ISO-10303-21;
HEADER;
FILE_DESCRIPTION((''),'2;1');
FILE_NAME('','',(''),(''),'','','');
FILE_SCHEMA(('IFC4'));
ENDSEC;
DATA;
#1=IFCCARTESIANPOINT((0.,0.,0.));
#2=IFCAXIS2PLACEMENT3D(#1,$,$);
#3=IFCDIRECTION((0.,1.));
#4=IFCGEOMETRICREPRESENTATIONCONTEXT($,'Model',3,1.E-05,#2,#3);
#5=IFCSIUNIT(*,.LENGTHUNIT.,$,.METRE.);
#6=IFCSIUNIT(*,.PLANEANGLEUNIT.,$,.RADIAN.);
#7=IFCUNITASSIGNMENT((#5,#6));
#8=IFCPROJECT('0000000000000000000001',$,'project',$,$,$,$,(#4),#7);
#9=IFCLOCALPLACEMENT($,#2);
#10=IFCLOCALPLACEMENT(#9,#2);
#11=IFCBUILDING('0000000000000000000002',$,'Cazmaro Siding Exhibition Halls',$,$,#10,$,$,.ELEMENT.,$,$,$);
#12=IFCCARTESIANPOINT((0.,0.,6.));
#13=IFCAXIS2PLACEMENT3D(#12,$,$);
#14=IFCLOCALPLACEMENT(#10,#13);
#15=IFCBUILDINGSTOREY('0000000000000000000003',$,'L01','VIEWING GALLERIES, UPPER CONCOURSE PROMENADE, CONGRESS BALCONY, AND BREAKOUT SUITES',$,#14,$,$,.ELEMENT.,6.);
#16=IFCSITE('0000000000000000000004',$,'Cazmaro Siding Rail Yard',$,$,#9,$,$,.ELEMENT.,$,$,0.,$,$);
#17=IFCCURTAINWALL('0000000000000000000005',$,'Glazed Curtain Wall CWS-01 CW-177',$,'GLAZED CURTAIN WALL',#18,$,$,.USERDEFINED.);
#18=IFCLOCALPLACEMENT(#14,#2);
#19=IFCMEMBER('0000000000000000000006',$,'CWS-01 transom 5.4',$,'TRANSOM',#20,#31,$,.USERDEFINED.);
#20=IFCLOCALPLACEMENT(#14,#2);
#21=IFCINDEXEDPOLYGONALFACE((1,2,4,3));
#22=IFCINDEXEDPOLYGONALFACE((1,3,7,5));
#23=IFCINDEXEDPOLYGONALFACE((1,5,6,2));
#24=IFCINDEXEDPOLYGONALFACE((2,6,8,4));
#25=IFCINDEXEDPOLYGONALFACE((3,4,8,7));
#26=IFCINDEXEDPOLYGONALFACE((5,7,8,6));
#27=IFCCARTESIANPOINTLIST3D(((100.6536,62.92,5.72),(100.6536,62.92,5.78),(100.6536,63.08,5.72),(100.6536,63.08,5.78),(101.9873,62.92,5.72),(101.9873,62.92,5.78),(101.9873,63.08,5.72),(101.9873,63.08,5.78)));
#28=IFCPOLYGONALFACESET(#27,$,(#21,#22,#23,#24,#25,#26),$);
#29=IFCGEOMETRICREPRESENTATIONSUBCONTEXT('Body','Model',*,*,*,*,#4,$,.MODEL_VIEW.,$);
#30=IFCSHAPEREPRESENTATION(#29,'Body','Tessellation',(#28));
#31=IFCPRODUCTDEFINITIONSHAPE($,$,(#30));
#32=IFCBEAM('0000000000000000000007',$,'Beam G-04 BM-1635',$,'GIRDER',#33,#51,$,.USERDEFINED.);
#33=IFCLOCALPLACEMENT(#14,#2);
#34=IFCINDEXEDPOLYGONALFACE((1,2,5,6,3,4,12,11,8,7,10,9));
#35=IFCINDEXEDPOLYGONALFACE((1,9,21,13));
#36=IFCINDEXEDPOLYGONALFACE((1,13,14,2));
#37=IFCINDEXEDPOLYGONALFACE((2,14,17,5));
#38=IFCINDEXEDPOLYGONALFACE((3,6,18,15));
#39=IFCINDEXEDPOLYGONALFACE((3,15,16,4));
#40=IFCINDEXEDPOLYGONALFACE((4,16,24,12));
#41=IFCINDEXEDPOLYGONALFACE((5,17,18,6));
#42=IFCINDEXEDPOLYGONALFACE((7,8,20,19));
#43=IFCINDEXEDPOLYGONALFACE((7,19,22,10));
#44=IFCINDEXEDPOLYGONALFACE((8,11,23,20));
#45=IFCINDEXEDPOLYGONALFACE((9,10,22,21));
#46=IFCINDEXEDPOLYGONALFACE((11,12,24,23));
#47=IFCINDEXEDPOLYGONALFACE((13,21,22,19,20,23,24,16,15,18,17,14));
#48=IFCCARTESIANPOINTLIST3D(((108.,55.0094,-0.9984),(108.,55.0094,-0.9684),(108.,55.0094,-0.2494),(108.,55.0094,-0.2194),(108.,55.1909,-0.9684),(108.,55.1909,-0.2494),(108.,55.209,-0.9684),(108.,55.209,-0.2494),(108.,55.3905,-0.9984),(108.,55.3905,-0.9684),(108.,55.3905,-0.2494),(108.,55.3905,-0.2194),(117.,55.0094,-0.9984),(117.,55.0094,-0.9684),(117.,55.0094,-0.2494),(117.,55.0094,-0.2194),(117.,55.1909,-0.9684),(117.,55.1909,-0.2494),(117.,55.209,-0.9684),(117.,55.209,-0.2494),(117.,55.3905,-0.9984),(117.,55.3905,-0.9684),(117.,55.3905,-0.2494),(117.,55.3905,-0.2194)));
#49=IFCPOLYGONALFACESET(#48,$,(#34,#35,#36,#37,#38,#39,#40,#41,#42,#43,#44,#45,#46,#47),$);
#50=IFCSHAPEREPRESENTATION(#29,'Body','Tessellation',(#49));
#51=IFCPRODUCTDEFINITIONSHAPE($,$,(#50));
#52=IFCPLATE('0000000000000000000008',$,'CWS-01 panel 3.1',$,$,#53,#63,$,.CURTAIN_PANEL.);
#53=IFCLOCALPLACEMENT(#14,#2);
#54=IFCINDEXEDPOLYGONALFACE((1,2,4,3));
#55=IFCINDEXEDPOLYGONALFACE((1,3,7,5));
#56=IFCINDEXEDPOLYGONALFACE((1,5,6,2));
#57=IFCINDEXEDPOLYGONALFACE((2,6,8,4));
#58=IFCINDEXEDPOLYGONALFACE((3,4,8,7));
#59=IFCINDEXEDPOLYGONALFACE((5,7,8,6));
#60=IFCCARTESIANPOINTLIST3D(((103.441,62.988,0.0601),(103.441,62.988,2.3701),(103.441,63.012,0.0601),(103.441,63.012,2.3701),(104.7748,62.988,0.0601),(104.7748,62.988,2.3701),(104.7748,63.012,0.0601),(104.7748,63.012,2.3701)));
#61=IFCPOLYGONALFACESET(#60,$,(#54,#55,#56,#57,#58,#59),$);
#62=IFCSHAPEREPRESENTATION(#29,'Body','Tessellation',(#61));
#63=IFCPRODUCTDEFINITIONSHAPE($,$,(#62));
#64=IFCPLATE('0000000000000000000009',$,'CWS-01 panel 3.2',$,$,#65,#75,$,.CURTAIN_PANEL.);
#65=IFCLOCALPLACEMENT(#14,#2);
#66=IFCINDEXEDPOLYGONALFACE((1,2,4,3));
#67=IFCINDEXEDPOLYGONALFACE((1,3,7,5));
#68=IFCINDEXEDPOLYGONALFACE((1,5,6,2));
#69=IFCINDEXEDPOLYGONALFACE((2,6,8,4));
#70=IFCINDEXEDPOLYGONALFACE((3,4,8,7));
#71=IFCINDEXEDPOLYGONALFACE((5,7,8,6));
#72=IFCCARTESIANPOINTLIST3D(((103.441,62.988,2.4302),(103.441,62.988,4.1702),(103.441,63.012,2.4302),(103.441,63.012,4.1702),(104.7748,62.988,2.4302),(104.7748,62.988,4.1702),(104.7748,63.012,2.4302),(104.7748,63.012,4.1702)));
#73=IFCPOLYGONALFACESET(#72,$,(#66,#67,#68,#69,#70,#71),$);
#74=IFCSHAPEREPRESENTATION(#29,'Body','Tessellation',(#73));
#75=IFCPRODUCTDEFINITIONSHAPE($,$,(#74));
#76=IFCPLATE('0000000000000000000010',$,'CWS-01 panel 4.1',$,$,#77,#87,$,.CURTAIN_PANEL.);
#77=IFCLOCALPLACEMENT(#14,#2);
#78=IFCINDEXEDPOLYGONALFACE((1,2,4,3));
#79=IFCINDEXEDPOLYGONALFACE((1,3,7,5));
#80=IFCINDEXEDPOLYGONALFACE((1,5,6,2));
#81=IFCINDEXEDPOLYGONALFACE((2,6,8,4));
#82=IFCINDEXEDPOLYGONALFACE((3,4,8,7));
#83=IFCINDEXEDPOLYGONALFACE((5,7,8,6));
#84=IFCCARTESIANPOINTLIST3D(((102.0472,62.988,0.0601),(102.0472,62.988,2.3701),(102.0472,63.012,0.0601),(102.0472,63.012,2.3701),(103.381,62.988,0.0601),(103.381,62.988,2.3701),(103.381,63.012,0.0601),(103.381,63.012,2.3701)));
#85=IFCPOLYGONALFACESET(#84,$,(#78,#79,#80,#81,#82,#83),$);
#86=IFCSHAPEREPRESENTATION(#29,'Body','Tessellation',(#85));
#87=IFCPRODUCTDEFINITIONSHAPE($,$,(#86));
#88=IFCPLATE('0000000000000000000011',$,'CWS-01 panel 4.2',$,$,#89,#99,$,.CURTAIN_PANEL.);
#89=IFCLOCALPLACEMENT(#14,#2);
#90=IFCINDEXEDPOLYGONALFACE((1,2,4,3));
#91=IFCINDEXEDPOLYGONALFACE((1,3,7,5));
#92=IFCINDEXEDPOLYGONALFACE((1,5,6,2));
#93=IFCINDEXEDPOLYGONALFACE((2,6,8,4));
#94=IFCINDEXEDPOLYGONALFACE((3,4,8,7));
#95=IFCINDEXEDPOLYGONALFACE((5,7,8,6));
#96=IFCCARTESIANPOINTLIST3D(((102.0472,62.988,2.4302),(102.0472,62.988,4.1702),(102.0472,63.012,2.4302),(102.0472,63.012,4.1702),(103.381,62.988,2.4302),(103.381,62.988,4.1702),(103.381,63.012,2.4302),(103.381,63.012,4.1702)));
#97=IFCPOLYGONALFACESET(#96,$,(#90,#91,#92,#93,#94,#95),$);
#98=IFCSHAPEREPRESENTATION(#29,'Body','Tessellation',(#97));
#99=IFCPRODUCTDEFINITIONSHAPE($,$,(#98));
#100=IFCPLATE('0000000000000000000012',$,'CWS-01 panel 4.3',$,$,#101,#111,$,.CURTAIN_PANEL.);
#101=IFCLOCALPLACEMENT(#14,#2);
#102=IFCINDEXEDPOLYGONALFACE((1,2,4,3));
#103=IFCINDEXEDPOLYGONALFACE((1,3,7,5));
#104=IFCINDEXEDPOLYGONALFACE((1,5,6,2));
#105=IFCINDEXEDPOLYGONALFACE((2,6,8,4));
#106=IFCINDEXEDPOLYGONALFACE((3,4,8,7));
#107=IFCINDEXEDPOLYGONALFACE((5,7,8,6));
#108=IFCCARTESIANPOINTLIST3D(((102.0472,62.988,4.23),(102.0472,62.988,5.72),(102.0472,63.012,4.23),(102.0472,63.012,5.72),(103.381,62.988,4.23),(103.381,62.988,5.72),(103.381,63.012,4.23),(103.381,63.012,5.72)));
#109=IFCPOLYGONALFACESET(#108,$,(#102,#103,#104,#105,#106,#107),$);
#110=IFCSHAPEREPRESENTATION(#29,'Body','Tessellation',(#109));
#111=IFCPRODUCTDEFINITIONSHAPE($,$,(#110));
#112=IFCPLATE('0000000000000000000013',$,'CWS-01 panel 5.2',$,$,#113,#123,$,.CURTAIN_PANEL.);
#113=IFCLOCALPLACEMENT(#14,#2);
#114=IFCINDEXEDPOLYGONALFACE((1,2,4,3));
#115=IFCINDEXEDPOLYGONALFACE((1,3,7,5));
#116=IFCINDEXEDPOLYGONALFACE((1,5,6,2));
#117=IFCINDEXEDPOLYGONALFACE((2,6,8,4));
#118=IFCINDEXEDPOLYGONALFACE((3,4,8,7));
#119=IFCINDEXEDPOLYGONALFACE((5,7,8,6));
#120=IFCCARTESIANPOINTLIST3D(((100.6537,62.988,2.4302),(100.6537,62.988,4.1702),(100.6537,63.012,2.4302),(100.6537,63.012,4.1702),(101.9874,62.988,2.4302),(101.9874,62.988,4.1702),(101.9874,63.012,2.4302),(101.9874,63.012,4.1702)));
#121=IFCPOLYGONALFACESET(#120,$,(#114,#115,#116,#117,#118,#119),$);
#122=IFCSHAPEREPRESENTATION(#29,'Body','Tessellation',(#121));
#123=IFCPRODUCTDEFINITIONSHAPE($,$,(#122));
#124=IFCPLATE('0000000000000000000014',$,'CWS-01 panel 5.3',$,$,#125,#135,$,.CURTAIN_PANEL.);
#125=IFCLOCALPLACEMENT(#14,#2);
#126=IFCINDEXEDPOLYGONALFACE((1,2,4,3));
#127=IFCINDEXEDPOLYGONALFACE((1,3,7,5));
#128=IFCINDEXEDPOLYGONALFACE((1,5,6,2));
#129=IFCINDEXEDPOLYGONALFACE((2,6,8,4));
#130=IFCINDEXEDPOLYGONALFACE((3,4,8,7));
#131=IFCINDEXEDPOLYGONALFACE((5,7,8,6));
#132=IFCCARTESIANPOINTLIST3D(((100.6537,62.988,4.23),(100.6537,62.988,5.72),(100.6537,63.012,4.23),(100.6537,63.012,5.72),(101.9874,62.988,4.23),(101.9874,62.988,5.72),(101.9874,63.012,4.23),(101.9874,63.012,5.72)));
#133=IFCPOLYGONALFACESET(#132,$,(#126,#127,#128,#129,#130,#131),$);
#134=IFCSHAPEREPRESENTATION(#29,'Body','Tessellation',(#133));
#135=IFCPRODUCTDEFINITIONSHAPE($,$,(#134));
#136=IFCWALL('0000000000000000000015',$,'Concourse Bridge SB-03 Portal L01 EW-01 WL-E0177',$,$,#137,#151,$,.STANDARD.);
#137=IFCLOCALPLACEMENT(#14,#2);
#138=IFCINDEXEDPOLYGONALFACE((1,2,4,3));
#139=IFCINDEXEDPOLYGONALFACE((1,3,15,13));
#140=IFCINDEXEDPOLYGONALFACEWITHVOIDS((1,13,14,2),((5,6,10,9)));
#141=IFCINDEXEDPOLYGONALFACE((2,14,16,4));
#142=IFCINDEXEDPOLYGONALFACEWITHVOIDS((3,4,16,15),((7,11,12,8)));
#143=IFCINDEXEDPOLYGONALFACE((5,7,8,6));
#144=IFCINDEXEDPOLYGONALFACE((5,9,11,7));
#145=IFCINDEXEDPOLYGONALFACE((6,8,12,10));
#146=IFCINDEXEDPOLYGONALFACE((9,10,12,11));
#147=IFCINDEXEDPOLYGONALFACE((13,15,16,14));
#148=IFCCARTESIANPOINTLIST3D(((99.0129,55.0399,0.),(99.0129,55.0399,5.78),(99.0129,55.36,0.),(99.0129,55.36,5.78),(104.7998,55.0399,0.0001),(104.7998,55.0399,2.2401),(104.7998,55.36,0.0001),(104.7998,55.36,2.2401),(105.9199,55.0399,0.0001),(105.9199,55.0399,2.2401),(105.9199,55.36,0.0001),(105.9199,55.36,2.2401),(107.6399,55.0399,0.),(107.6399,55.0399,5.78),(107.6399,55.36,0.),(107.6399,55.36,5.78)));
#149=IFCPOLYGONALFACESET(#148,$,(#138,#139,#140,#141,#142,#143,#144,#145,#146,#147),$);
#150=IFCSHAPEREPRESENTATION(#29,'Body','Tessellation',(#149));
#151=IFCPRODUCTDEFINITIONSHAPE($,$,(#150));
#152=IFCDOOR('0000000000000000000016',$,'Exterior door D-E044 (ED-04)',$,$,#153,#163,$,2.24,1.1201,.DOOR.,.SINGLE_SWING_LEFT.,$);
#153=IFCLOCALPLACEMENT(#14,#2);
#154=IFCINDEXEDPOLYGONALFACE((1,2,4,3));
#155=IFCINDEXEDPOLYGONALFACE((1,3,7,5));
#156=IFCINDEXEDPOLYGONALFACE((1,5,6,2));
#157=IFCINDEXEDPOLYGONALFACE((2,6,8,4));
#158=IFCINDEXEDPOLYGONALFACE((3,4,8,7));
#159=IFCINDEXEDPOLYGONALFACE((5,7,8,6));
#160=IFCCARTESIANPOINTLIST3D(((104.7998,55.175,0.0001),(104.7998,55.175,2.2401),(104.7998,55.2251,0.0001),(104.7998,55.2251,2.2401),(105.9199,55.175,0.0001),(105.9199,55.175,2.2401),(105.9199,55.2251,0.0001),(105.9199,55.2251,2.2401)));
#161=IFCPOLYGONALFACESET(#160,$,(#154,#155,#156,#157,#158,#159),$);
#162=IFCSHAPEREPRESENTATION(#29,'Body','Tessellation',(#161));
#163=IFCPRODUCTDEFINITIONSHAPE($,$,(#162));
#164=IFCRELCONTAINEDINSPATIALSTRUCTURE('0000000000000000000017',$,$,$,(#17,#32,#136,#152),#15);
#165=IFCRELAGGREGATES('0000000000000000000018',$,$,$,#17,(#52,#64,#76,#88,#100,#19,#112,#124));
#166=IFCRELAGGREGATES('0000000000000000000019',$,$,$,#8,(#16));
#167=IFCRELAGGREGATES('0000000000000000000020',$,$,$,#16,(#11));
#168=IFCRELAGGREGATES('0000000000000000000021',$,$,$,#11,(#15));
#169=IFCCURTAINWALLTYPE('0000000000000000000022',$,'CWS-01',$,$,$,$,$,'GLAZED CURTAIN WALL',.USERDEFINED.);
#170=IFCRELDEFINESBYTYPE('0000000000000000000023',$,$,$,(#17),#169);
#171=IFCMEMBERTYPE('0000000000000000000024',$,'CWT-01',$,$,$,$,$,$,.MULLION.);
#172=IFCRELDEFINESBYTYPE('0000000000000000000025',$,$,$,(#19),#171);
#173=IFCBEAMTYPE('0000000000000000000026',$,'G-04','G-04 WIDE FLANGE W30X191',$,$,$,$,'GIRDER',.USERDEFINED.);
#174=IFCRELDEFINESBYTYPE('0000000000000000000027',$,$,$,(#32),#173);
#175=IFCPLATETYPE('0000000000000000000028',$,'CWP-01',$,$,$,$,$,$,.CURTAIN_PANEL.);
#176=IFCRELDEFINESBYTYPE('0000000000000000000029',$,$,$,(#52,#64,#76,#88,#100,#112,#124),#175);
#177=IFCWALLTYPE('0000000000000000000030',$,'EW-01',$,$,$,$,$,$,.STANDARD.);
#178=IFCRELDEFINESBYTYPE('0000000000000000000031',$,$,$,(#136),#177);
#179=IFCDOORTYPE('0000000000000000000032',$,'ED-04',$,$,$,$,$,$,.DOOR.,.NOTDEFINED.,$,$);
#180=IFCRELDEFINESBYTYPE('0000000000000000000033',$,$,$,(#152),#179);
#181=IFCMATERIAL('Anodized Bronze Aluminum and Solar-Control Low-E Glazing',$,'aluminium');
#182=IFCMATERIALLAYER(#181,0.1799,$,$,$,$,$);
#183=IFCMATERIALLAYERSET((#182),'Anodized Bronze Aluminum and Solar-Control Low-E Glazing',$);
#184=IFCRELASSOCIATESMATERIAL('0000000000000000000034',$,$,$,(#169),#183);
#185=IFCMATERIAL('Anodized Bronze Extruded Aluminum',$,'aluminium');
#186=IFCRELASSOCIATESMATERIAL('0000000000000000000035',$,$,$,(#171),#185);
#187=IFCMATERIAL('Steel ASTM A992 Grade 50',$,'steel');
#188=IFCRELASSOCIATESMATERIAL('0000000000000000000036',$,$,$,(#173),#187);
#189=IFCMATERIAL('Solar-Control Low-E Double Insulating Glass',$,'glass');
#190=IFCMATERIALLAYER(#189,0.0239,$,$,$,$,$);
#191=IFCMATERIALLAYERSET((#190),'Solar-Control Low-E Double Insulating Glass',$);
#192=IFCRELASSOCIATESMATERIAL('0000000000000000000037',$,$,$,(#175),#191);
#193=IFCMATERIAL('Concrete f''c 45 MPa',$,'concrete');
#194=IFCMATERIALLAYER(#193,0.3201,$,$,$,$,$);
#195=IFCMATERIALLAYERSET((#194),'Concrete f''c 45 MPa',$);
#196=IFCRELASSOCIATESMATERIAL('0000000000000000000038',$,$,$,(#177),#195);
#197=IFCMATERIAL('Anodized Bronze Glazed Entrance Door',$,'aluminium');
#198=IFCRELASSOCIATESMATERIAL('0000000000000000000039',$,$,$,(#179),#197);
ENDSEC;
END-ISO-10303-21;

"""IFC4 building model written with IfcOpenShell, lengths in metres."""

from ifc_helpers import new_model, si_unit, direction, frame, frame_2d, origin, origin_2d, place, context, subcontext, project, spatial, rectangle, i_section, extrude, material, layer, layer_set, material_profile, profile_set, type_object, element, fill, aggregate, save


model = new_model("IFC4")

# Units and contexts
model_context = context("Model", 3, precision=1e-05, world=origin(), true_north=direction((0.0, 1.0)))
body_context = subcontext(model_context, "Body", "Model", "MODEL_VIEW")
ifc_project = project(units=[si_unit("LENGTHUNIT", "METRE"), si_unit("PLANEANGLEUNIT", "RADIAN")], contexts=[model_context])

# Site, building, storey
site_placement = place(None, origin())
site = spatial("IfcSite", under=ifc_project, at=site_placement, Name="Cazmaro Siding Rail Yard", CompositionType="ELEMENT", RefElevation=0.0)
building_placement = place(site_placement, origin())
building = spatial("IfcBuilding", under=site, at=building_placement, Name="Cazmaro Siding Exhibition Halls", CompositionType="ELEMENT")
storey_placement = place(building_placement, frame((0.0, 0.0, 6.0)))
storey = spatial("IfcBuildingStorey", under=building, at=storey_placement, Name="L01", Description="VIEWING GALLERIES, UPPER CONCOURSE PROMENADE, CONGRESS BALCONY, AND BREAKOUT SUITES", CompositionType="ELEMENT", Elevation=6.0)

# Curtain wall, member
ifc_material_1 = material(Name="Anodized Bronze Aluminum and Solar-Control Low-E Glazing", Category="aluminium")
ifc_layer_1 = layer(ifc_material_1, 0.1799)
ifc_layer_set_1 = layer_set([ifc_layer_1], Name="Anodized Bronze Aluminum and Solar-Control Low-E Glazing")
curtain_wall_type = type_object("IfcCurtainWallType", Name="CWS-01", ElementType="GLAZED CURTAIN WALL", PredefinedType="USERDEFINED", material=ifc_layer_set_1)
curtain_wall_placement = place(storey_placement, origin())
curtain_wall = element("IfcCurtainWall", 1, at=curtain_wall_placement, inside=storey, type_object=curtain_wall_type, Name="Glazed Curtain Wall CWS-01 CW-177", ObjectType="GLAZED CURTAIN WALL", PredefinedType="USERDEFINED")
ifc_material_2 = material(Name="Anodized Bronze Extruded Aluminum", Category="aluminium")
ifc_material_profile_1 = material_profile(ifc_material_2, rectangle(XDim=0.1599, YDim=0.0601, at=origin_2d()), Name="CWT-01")
ifc_profile_set_1 = profile_set([ifc_material_profile_1], Name="Anodized Bronze Extruded Aluminum")
member_type_1 = type_object("IfcMemberType", Name="CWT-01", PredefinedType="MULLION", material=ifc_profile_set_1)
member_1_placement = place(storey_placement, frame((101.9873, 63.0, 5.75), z_axis=(-1.0, 0.0, 0.0), x_axis=(0.0, -1.0, 0.0)))
member_1 = element("IfcMember", 2, at=member_1_placement, type_object=member_type_1, Name="CWS-01 transom 5.4", ObjectType="TRANSOM", PredefinedType="USERDEFINED", context=body_context, shape_type="SweptSolid", body=[
    extrude(rectangle(XDim=0.1599, YDim=0.0601, at=origin_2d()), origin(), (0.0, 0.0, 1.0), 1.3337),
])

# Beam
ifc_material_3 = material(Name="Steel ASTM A992 Grade 50", Category="steel")
ifc_material_profile_2 = material_profile(ifc_material_3, i_section(OverallWidth=0.3811, OverallDepth=0.7791, WebThickness=0.0181, FlangeThickness=0.03, at=origin_2d()), Name="W30X191")
ifc_profile_set_2 = profile_set([ifc_material_profile_2], Name="Steel ASTM A992 Grade 50")
beam_type_1 = type_object("IfcBeamType", Name="G-04", Description="G-04 WIDE FLANGE W30X191", ElementType="GIRDER", PredefinedType="USERDEFINED", material=ifc_profile_set_2)
beam_1_placement = place(storey_placement, frame((108.0, 55.2, -0.6089), z_axis=(1.0, 0.0, 0.0), x_axis=(0.0, 1.0, 0.0)))
element("IfcBeam", 3, at=beam_1_placement, inside=storey, type_object=beam_type_1, Name="Beam G-04 BM-1635", ObjectType="GIRDER", PredefinedType="USERDEFINED", context=body_context, shape_type="SweptSolid", body=[
    extrude(i_section(OverallWidth=0.3811, OverallDepth=0.7791, WebThickness=0.0181, FlangeThickness=0.03, at=origin_2d()), origin(), (0.0, 0.0, 1.0), 9.0),
])

# Plates
ifc_material_4 = material(Name="Solar-Control Low-E Double Insulating Glass", Category="glass")
ifc_layer_2 = layer(ifc_material_4, 0.0239)
ifc_layer_set_2 = layer_set([ifc_layer_2], Name="Solar-Control Low-E Double Insulating Glass")
plate_type = type_object("IfcPlateType", Name="CWP-01", PredefinedType="CURTAIN_PANEL", material=ifc_layer_set_2)
plate_1_placement = place(storey_placement, frame((104.1079, 63.0, 0.0601), z_axis=(0.0, 0.0, 1.0), x_axis=(-1.0, 0.0, 0.0)))
plate_1 = element("IfcPlate", 4, at=plate_1_placement, type_object=plate_type, Name="CWS-01 panel 3.1", PredefinedType="CURTAIN_PANEL", context=body_context, shape_type="SweptSolid", body=[
    extrude(rectangle(XDim=1.3337, YDim=0.0239, at=origin_2d()), origin(), (0.0, 0.0, 1.0), 2.3101),
])
plate_2_placement = place(storey_placement, frame((104.1079, 63.0, 2.4302), z_axis=(0.0, 0.0, 1.0), x_axis=(-1.0, 0.0, 0.0)))
plate_2 = element("IfcPlate", 5, at=plate_2_placement, type_object=plate_type, Name="CWS-01 panel 3.2", PredefinedType="CURTAIN_PANEL", context=body_context, shape_type="SweptSolid", body=[
    extrude(rectangle(XDim=1.3337, YDim=0.0239, at=origin_2d()), origin(), (0.0, 0.0, 1.0), 1.74),
])
plate_3_placement = place(storey_placement, frame((102.7141, 63.0, 0.0601), z_axis=(0.0, 0.0, 1.0), x_axis=(-1.0, 0.0, 0.0)))
plate_3 = element("IfcPlate", 6, at=plate_3_placement, type_object=plate_type, Name="CWS-01 panel 4.1", PredefinedType="CURTAIN_PANEL", context=body_context, shape_type="SweptSolid", body=[
    extrude(rectangle(XDim=1.3337, YDim=0.0239, at=origin_2d()), origin(), (0.0, 0.0, 1.0), 2.3101),
])
plate_4_placement = place(storey_placement, frame((102.7141, 63.0, 2.4302), z_axis=(0.0, 0.0, 1.0), x_axis=(-1.0, 0.0, 0.0)))
plate_4 = element("IfcPlate", 7, at=plate_4_placement, type_object=plate_type, Name="CWS-01 panel 4.2", PredefinedType="CURTAIN_PANEL", context=body_context, shape_type="SweptSolid", body=[
    extrude(rectangle(XDim=1.3337, YDim=0.0239, at=origin_2d()), origin(), (0.0, 0.0, 1.0), 1.74),
])
plate_5_placement = place(storey_placement, frame((102.7141, 63.0, 4.23), z_axis=(0.0, 0.0, 1.0), x_axis=(-1.0, 0.0, 0.0)))
plate_5 = element("IfcPlate", 8, at=plate_5_placement, type_object=plate_type, Name="CWS-01 panel 4.3", PredefinedType="CURTAIN_PANEL", context=body_context, shape_type="SweptSolid", body=[
    extrude(rectangle(XDim=1.3337, YDim=0.0239, at=origin_2d()), origin(), (0.0, 0.0, 1.0), 1.49),
])
plate_6_placement = place(storey_placement, frame((101.3206, 63.0, 2.4302), z_axis=(0.0, 0.0, 1.0), x_axis=(-1.0, 0.0, 0.0)))
plate_6 = element("IfcPlate", 9, at=plate_6_placement, type_object=plate_type, Name="CWS-01 panel 5.2", PredefinedType="CURTAIN_PANEL", context=body_context, shape_type="SweptSolid", body=[
    extrude(rectangle(XDim=1.3337, YDim=0.0239, at=origin_2d()), origin(), (0.0, 0.0, 1.0), 1.74),
])
plate_7_placement = place(storey_placement, frame((101.3206, 63.0, 4.23), z_axis=(0.0, 0.0, 1.0), x_axis=(-1.0, 0.0, 0.0)))
plate_7 = element("IfcPlate", 10, at=plate_7_placement, type_object=plate_type, Name="CWS-01 panel 5.3", PredefinedType="CURTAIN_PANEL", context=body_context, shape_type="SweptSolid", body=[
    extrude(rectangle(XDim=1.3337, YDim=0.0239, at=origin_2d()), origin(), (0.0, 0.0, 1.0), 1.49),
])
aggregate(curtain_wall, [plate_1, plate_2, plate_3, plate_4, plate_5, member_1, plate_6, plate_7])

# Wall, opening, door
ifc_material_5 = material(Name="Concrete f'c 45 MPa", Category="concrete")
ifc_layer_3 = layer(ifc_material_5, 0.3201)
ifc_layer_set_3 = layer_set([ifc_layer_3], Name="Concrete f'c 45 MPa")
wall_type = type_object("IfcWallType", Name="EW-01", PredefinedType="STANDARD", material=ifc_layer_set_3)
wall_placement = place(storey_placement, frame((107.6399, 55.2, 0.0), z_axis=(0.0, 0.0, 1.0), x_axis=(-1.0, 0.0, 0.0)))
wall = element("IfcWall", 11, at=wall_placement, inside=storey, type_object=wall_type, Name="Concourse Bridge SB-03 Portal L01 EW-01 WL-E0177", PredefinedType="STANDARD", context=body_context, shape_type="SweptSolid", body=[
    extrude(rectangle(XDim=8.627, YDim=0.3201, at=frame_2d((4.3135, 0.0))), origin(), (0.0, 0.0, 1.0), 5.78),
])
opening_placement = place(wall_placement, frame((1.72, 0.0, 0.0)))
opening = element("IfcOpeningElement", 12, at=opening_placement, cuts=wall, PredefinedType="OPENING", context=body_context, shape_type="SweptSolid", body=[
    extrude(rectangle(XDim=1.1201, YDim=2.24, at=frame_2d((0.5601, 1.1201))), frame((0.0, 0.1699, 0.0), z_axis=(0.0, -1.0, 0.0), x_axis=(1.0, 0.0, 0.0)), (0.0, 0.0, 1.0), 0.3401),
])
ifc_material_6 = material(Name="Anodized Bronze Glazed Entrance Door", Category="aluminium")
door_type = type_object("IfcDoorType", Name="ED-04", OperationType="NOTDEFINED", PredefinedType="DOOR", material=ifc_material_6)
door_placement = place(opening_placement, origin())
door = element("IfcDoor", 13, at=door_placement, inside=storey, type_object=door_type, Name="Exterior door D-E044 (ED-04)", OperationType="SINGLE_SWING_LEFT", OverallHeight=2.24, OverallWidth=1.1201, PredefinedType="DOOR", context=body_context, shape_type="SweptSolid", body=[
    extrude(rectangle(XDim=1.1201, YDim=2.24, at=frame_2d((0.5601, 1.1201))), frame((0.0, 0.0249, 0.0), z_axis=(0.0, -1.0, 0.0), x_axis=(1.0, 0.0, 0.0)), (0.0, 0.0, 1.0), 0.05),
])
fill(opening, door)

save(model, "model.ifc")
